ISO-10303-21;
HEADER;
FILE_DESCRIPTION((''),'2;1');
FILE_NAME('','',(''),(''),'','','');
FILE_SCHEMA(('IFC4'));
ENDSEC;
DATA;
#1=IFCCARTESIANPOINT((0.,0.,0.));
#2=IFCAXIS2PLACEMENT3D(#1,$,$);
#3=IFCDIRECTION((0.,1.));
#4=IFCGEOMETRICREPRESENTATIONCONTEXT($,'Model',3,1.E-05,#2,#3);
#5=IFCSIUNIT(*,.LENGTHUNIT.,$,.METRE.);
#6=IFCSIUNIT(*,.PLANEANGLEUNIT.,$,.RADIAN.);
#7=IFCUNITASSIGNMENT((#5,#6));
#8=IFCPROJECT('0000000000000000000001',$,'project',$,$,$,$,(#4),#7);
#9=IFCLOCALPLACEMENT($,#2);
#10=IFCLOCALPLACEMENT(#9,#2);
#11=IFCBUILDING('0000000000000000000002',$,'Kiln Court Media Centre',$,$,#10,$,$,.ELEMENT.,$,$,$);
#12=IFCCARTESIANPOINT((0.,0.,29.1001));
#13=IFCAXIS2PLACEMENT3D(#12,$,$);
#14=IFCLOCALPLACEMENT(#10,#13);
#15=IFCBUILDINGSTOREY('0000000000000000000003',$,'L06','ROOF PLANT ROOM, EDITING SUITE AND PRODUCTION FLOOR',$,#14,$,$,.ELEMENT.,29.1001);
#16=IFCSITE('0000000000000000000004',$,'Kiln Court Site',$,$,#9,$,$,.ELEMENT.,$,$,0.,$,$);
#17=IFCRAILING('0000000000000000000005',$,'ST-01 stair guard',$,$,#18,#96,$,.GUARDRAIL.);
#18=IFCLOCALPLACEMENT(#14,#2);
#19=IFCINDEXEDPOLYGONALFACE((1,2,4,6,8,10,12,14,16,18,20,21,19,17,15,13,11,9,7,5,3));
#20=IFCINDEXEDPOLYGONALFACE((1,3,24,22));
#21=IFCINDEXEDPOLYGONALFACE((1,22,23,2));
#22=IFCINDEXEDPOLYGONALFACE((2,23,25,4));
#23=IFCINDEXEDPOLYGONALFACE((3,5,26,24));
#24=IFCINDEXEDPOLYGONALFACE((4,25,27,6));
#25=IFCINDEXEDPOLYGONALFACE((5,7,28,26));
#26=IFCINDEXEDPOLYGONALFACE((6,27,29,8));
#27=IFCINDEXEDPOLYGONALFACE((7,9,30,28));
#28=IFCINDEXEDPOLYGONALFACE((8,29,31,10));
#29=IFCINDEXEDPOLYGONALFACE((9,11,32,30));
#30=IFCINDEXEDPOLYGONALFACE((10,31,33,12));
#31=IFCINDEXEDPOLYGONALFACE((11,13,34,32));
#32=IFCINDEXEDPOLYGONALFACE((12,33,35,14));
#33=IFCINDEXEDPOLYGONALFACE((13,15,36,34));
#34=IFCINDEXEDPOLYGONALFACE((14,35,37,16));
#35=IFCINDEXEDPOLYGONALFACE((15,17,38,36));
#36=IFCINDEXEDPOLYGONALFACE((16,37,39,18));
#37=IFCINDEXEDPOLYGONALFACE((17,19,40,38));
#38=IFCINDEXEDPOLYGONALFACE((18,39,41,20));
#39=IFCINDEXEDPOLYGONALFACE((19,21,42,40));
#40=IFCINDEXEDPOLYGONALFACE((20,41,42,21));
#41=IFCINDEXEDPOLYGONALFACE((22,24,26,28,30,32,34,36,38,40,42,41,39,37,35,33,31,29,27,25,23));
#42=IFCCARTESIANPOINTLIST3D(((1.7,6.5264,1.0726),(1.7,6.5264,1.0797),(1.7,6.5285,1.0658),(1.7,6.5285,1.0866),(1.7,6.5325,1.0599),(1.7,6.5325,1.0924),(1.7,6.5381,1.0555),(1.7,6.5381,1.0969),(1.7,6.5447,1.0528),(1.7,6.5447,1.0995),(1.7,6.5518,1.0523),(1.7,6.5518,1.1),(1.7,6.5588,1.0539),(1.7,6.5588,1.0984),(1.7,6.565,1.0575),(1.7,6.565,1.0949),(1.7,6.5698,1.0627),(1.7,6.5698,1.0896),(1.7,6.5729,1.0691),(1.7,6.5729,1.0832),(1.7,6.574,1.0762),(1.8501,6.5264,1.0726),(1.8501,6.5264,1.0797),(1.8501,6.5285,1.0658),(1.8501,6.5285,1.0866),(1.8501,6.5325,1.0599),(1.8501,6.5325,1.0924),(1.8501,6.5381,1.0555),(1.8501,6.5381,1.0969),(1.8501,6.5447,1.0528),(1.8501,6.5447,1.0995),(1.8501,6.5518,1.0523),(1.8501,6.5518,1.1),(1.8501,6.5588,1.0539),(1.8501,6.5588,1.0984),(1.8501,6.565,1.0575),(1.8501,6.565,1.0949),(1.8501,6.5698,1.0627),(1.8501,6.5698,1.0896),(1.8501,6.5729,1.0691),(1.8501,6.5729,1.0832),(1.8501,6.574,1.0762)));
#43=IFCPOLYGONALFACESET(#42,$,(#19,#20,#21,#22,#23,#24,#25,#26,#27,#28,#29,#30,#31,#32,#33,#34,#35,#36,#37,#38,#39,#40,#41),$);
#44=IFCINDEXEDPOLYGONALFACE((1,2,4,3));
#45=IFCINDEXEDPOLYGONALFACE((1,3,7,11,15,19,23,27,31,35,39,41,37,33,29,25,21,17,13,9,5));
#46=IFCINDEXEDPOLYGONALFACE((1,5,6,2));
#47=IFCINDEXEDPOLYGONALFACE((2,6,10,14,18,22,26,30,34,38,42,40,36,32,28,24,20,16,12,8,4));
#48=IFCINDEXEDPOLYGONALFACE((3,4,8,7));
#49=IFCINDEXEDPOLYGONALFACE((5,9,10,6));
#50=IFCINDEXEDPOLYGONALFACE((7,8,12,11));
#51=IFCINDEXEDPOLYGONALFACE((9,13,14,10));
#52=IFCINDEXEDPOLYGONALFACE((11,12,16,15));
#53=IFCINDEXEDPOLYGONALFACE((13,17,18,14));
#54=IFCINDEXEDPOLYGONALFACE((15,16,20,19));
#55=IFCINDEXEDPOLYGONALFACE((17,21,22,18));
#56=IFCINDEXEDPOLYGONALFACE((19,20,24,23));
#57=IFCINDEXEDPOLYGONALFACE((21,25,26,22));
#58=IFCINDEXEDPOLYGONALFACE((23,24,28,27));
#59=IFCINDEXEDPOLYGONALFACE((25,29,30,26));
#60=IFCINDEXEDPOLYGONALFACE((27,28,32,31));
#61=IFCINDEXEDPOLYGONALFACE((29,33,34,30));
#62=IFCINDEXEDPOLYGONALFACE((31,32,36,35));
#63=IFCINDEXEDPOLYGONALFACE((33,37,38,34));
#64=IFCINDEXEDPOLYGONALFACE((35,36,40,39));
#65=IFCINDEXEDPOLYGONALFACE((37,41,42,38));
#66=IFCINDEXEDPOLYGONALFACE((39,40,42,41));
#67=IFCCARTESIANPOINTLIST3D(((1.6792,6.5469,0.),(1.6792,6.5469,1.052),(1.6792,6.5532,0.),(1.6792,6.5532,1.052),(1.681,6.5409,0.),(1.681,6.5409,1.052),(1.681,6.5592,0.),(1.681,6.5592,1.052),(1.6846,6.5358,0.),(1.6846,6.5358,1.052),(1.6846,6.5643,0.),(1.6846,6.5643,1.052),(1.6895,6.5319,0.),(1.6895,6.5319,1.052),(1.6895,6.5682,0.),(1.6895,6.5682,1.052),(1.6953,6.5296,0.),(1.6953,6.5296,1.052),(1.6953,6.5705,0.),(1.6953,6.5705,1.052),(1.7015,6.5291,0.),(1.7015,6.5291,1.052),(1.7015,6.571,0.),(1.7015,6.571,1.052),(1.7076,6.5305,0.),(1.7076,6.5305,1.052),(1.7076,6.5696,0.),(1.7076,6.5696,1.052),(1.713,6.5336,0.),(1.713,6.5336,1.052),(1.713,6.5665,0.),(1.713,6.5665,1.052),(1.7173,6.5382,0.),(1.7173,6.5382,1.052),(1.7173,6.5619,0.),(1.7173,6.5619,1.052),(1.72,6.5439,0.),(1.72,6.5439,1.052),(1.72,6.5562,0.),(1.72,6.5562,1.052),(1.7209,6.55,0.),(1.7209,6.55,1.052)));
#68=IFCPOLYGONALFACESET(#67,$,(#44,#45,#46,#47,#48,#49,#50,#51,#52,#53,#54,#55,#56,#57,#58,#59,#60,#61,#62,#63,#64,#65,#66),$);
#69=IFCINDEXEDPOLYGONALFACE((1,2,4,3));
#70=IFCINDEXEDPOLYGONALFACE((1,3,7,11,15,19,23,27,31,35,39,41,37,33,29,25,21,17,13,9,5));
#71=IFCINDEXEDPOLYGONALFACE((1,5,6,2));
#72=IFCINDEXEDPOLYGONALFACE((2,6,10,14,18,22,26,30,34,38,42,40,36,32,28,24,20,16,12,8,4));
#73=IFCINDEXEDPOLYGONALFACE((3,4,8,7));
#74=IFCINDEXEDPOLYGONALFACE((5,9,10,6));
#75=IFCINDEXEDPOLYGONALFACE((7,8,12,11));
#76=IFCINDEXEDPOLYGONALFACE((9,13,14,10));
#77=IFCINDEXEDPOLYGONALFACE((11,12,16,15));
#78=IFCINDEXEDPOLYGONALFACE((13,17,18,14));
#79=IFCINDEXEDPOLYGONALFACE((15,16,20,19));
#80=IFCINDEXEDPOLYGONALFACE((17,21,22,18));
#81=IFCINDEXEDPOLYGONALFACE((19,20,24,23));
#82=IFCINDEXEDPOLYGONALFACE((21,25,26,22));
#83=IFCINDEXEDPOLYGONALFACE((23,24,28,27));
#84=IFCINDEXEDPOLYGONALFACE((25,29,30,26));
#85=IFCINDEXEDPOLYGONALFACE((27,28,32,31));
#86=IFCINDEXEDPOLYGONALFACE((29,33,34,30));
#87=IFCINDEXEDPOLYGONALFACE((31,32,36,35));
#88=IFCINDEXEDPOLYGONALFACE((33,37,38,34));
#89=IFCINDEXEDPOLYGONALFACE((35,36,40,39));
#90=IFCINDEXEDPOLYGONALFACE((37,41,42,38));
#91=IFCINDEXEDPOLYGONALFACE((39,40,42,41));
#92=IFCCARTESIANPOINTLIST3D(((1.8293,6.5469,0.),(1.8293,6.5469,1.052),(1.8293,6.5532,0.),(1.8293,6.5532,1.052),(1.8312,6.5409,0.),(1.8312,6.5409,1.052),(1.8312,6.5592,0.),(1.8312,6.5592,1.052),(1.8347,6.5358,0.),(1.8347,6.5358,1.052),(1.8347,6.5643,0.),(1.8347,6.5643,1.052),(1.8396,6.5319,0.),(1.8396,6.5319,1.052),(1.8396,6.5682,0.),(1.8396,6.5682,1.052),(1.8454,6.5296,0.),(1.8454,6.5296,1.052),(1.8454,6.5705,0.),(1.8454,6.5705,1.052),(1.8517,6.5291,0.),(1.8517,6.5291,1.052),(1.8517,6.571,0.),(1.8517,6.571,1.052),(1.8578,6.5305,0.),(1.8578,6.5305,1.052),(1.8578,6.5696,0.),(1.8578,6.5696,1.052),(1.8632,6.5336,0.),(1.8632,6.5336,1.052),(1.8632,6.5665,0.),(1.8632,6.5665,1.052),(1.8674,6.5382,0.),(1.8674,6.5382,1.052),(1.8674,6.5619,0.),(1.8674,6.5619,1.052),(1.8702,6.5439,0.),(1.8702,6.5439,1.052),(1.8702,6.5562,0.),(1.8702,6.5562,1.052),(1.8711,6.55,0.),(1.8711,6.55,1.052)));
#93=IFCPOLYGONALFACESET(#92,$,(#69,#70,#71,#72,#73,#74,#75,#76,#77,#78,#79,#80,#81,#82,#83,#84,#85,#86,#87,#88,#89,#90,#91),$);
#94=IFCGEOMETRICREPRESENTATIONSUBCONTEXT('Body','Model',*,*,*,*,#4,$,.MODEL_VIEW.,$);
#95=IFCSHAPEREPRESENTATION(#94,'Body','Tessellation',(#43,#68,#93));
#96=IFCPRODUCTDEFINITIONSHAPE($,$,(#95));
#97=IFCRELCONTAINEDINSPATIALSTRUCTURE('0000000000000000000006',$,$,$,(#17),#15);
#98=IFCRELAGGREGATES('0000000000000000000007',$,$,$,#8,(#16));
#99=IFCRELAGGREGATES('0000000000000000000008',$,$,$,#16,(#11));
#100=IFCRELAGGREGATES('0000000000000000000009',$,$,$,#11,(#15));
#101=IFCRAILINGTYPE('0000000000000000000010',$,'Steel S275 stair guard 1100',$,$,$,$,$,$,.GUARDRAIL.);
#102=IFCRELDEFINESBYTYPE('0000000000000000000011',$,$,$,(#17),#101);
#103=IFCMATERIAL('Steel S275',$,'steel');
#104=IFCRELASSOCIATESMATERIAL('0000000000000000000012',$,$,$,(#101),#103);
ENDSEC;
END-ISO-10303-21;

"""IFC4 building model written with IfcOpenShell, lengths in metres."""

from ifc_helpers import new_model, si_unit, direction, frame, origin, origin_2d, place, context, subcontext, project, spatial, circle, extrude, material, type_object, element, save


model = new_model("IFC4")

# Units and contexts
model_context = context("Model", 3, precision=1e-05, world=origin(), true_north=direction((0.0, 1.0)))
body_context = subcontext(model_context, "Body", "Model", "MODEL_VIEW")
ifc_project = project(units=[si_unit("LENGTHUNIT", "METRE"), si_unit("PLANEANGLEUNIT", "RADIAN")], contexts=[model_context])

# Site, building, storey
site_placement = place(None, origin())
site = spatial("IfcSite", under=ifc_project, at=site_placement, Name="Kiln Court Site", CompositionType="ELEMENT", RefElevation=0.0)
building_placement = place(site_placement, origin())
building = spatial("IfcBuilding", under=site, at=building_placement, Name="Kiln Court Media Centre", CompositionType="ELEMENT")
storey_placement = place(building_placement, frame((0.0, 0.0, 29.1001)))
storey = spatial("IfcBuildingStorey", under=building, at=storey_placement, Name="L06", Description="ROOF PLANT ROOM, EDITING SUITE AND PRODUCTION FLOOR", CompositionType="ELEMENT", Elevation=29.1001)

# Railing
ifc_material_1 = material(Name="Steel S275", Category="steel")
railing_type_1 = type_object("IfcRailingType", Name="Steel S275 stair guard 1100", PredefinedType="GUARDRAIL", material=ifc_material_1)
railing_1_placement = place(storey_placement, frame((1.7, 6.55, 0.0)))
element("IfcRailing", 1, at=railing_1_placement, inside=storey, type_object=railing_type_1, Name="ST-01 stair guard", PredefinedType="GUARDRAIL", context=body_context, shape_type="SweptSolid", body=[
    extrude(circle(Radius=0.0239, at=origin_2d()), frame((0.0, 0.0, 1.0762), z_axis=(1.0, 0.0, 0.0), x_axis=(0.0, 1.0, 0.0)), (0.0, 0.0, 1.0), 0.1501),
    extrude(circle(Radius=0.021, at=origin_2d()), origin(), (0.0, 0.0, 1.0), 1.052),
    extrude(circle(Radius=0.021, at=origin_2d()), frame((0.1501, 0.0, 0.0)), (0.0, 0.0, 1.0), 1.052),
])

save(model, "model.ifc")
